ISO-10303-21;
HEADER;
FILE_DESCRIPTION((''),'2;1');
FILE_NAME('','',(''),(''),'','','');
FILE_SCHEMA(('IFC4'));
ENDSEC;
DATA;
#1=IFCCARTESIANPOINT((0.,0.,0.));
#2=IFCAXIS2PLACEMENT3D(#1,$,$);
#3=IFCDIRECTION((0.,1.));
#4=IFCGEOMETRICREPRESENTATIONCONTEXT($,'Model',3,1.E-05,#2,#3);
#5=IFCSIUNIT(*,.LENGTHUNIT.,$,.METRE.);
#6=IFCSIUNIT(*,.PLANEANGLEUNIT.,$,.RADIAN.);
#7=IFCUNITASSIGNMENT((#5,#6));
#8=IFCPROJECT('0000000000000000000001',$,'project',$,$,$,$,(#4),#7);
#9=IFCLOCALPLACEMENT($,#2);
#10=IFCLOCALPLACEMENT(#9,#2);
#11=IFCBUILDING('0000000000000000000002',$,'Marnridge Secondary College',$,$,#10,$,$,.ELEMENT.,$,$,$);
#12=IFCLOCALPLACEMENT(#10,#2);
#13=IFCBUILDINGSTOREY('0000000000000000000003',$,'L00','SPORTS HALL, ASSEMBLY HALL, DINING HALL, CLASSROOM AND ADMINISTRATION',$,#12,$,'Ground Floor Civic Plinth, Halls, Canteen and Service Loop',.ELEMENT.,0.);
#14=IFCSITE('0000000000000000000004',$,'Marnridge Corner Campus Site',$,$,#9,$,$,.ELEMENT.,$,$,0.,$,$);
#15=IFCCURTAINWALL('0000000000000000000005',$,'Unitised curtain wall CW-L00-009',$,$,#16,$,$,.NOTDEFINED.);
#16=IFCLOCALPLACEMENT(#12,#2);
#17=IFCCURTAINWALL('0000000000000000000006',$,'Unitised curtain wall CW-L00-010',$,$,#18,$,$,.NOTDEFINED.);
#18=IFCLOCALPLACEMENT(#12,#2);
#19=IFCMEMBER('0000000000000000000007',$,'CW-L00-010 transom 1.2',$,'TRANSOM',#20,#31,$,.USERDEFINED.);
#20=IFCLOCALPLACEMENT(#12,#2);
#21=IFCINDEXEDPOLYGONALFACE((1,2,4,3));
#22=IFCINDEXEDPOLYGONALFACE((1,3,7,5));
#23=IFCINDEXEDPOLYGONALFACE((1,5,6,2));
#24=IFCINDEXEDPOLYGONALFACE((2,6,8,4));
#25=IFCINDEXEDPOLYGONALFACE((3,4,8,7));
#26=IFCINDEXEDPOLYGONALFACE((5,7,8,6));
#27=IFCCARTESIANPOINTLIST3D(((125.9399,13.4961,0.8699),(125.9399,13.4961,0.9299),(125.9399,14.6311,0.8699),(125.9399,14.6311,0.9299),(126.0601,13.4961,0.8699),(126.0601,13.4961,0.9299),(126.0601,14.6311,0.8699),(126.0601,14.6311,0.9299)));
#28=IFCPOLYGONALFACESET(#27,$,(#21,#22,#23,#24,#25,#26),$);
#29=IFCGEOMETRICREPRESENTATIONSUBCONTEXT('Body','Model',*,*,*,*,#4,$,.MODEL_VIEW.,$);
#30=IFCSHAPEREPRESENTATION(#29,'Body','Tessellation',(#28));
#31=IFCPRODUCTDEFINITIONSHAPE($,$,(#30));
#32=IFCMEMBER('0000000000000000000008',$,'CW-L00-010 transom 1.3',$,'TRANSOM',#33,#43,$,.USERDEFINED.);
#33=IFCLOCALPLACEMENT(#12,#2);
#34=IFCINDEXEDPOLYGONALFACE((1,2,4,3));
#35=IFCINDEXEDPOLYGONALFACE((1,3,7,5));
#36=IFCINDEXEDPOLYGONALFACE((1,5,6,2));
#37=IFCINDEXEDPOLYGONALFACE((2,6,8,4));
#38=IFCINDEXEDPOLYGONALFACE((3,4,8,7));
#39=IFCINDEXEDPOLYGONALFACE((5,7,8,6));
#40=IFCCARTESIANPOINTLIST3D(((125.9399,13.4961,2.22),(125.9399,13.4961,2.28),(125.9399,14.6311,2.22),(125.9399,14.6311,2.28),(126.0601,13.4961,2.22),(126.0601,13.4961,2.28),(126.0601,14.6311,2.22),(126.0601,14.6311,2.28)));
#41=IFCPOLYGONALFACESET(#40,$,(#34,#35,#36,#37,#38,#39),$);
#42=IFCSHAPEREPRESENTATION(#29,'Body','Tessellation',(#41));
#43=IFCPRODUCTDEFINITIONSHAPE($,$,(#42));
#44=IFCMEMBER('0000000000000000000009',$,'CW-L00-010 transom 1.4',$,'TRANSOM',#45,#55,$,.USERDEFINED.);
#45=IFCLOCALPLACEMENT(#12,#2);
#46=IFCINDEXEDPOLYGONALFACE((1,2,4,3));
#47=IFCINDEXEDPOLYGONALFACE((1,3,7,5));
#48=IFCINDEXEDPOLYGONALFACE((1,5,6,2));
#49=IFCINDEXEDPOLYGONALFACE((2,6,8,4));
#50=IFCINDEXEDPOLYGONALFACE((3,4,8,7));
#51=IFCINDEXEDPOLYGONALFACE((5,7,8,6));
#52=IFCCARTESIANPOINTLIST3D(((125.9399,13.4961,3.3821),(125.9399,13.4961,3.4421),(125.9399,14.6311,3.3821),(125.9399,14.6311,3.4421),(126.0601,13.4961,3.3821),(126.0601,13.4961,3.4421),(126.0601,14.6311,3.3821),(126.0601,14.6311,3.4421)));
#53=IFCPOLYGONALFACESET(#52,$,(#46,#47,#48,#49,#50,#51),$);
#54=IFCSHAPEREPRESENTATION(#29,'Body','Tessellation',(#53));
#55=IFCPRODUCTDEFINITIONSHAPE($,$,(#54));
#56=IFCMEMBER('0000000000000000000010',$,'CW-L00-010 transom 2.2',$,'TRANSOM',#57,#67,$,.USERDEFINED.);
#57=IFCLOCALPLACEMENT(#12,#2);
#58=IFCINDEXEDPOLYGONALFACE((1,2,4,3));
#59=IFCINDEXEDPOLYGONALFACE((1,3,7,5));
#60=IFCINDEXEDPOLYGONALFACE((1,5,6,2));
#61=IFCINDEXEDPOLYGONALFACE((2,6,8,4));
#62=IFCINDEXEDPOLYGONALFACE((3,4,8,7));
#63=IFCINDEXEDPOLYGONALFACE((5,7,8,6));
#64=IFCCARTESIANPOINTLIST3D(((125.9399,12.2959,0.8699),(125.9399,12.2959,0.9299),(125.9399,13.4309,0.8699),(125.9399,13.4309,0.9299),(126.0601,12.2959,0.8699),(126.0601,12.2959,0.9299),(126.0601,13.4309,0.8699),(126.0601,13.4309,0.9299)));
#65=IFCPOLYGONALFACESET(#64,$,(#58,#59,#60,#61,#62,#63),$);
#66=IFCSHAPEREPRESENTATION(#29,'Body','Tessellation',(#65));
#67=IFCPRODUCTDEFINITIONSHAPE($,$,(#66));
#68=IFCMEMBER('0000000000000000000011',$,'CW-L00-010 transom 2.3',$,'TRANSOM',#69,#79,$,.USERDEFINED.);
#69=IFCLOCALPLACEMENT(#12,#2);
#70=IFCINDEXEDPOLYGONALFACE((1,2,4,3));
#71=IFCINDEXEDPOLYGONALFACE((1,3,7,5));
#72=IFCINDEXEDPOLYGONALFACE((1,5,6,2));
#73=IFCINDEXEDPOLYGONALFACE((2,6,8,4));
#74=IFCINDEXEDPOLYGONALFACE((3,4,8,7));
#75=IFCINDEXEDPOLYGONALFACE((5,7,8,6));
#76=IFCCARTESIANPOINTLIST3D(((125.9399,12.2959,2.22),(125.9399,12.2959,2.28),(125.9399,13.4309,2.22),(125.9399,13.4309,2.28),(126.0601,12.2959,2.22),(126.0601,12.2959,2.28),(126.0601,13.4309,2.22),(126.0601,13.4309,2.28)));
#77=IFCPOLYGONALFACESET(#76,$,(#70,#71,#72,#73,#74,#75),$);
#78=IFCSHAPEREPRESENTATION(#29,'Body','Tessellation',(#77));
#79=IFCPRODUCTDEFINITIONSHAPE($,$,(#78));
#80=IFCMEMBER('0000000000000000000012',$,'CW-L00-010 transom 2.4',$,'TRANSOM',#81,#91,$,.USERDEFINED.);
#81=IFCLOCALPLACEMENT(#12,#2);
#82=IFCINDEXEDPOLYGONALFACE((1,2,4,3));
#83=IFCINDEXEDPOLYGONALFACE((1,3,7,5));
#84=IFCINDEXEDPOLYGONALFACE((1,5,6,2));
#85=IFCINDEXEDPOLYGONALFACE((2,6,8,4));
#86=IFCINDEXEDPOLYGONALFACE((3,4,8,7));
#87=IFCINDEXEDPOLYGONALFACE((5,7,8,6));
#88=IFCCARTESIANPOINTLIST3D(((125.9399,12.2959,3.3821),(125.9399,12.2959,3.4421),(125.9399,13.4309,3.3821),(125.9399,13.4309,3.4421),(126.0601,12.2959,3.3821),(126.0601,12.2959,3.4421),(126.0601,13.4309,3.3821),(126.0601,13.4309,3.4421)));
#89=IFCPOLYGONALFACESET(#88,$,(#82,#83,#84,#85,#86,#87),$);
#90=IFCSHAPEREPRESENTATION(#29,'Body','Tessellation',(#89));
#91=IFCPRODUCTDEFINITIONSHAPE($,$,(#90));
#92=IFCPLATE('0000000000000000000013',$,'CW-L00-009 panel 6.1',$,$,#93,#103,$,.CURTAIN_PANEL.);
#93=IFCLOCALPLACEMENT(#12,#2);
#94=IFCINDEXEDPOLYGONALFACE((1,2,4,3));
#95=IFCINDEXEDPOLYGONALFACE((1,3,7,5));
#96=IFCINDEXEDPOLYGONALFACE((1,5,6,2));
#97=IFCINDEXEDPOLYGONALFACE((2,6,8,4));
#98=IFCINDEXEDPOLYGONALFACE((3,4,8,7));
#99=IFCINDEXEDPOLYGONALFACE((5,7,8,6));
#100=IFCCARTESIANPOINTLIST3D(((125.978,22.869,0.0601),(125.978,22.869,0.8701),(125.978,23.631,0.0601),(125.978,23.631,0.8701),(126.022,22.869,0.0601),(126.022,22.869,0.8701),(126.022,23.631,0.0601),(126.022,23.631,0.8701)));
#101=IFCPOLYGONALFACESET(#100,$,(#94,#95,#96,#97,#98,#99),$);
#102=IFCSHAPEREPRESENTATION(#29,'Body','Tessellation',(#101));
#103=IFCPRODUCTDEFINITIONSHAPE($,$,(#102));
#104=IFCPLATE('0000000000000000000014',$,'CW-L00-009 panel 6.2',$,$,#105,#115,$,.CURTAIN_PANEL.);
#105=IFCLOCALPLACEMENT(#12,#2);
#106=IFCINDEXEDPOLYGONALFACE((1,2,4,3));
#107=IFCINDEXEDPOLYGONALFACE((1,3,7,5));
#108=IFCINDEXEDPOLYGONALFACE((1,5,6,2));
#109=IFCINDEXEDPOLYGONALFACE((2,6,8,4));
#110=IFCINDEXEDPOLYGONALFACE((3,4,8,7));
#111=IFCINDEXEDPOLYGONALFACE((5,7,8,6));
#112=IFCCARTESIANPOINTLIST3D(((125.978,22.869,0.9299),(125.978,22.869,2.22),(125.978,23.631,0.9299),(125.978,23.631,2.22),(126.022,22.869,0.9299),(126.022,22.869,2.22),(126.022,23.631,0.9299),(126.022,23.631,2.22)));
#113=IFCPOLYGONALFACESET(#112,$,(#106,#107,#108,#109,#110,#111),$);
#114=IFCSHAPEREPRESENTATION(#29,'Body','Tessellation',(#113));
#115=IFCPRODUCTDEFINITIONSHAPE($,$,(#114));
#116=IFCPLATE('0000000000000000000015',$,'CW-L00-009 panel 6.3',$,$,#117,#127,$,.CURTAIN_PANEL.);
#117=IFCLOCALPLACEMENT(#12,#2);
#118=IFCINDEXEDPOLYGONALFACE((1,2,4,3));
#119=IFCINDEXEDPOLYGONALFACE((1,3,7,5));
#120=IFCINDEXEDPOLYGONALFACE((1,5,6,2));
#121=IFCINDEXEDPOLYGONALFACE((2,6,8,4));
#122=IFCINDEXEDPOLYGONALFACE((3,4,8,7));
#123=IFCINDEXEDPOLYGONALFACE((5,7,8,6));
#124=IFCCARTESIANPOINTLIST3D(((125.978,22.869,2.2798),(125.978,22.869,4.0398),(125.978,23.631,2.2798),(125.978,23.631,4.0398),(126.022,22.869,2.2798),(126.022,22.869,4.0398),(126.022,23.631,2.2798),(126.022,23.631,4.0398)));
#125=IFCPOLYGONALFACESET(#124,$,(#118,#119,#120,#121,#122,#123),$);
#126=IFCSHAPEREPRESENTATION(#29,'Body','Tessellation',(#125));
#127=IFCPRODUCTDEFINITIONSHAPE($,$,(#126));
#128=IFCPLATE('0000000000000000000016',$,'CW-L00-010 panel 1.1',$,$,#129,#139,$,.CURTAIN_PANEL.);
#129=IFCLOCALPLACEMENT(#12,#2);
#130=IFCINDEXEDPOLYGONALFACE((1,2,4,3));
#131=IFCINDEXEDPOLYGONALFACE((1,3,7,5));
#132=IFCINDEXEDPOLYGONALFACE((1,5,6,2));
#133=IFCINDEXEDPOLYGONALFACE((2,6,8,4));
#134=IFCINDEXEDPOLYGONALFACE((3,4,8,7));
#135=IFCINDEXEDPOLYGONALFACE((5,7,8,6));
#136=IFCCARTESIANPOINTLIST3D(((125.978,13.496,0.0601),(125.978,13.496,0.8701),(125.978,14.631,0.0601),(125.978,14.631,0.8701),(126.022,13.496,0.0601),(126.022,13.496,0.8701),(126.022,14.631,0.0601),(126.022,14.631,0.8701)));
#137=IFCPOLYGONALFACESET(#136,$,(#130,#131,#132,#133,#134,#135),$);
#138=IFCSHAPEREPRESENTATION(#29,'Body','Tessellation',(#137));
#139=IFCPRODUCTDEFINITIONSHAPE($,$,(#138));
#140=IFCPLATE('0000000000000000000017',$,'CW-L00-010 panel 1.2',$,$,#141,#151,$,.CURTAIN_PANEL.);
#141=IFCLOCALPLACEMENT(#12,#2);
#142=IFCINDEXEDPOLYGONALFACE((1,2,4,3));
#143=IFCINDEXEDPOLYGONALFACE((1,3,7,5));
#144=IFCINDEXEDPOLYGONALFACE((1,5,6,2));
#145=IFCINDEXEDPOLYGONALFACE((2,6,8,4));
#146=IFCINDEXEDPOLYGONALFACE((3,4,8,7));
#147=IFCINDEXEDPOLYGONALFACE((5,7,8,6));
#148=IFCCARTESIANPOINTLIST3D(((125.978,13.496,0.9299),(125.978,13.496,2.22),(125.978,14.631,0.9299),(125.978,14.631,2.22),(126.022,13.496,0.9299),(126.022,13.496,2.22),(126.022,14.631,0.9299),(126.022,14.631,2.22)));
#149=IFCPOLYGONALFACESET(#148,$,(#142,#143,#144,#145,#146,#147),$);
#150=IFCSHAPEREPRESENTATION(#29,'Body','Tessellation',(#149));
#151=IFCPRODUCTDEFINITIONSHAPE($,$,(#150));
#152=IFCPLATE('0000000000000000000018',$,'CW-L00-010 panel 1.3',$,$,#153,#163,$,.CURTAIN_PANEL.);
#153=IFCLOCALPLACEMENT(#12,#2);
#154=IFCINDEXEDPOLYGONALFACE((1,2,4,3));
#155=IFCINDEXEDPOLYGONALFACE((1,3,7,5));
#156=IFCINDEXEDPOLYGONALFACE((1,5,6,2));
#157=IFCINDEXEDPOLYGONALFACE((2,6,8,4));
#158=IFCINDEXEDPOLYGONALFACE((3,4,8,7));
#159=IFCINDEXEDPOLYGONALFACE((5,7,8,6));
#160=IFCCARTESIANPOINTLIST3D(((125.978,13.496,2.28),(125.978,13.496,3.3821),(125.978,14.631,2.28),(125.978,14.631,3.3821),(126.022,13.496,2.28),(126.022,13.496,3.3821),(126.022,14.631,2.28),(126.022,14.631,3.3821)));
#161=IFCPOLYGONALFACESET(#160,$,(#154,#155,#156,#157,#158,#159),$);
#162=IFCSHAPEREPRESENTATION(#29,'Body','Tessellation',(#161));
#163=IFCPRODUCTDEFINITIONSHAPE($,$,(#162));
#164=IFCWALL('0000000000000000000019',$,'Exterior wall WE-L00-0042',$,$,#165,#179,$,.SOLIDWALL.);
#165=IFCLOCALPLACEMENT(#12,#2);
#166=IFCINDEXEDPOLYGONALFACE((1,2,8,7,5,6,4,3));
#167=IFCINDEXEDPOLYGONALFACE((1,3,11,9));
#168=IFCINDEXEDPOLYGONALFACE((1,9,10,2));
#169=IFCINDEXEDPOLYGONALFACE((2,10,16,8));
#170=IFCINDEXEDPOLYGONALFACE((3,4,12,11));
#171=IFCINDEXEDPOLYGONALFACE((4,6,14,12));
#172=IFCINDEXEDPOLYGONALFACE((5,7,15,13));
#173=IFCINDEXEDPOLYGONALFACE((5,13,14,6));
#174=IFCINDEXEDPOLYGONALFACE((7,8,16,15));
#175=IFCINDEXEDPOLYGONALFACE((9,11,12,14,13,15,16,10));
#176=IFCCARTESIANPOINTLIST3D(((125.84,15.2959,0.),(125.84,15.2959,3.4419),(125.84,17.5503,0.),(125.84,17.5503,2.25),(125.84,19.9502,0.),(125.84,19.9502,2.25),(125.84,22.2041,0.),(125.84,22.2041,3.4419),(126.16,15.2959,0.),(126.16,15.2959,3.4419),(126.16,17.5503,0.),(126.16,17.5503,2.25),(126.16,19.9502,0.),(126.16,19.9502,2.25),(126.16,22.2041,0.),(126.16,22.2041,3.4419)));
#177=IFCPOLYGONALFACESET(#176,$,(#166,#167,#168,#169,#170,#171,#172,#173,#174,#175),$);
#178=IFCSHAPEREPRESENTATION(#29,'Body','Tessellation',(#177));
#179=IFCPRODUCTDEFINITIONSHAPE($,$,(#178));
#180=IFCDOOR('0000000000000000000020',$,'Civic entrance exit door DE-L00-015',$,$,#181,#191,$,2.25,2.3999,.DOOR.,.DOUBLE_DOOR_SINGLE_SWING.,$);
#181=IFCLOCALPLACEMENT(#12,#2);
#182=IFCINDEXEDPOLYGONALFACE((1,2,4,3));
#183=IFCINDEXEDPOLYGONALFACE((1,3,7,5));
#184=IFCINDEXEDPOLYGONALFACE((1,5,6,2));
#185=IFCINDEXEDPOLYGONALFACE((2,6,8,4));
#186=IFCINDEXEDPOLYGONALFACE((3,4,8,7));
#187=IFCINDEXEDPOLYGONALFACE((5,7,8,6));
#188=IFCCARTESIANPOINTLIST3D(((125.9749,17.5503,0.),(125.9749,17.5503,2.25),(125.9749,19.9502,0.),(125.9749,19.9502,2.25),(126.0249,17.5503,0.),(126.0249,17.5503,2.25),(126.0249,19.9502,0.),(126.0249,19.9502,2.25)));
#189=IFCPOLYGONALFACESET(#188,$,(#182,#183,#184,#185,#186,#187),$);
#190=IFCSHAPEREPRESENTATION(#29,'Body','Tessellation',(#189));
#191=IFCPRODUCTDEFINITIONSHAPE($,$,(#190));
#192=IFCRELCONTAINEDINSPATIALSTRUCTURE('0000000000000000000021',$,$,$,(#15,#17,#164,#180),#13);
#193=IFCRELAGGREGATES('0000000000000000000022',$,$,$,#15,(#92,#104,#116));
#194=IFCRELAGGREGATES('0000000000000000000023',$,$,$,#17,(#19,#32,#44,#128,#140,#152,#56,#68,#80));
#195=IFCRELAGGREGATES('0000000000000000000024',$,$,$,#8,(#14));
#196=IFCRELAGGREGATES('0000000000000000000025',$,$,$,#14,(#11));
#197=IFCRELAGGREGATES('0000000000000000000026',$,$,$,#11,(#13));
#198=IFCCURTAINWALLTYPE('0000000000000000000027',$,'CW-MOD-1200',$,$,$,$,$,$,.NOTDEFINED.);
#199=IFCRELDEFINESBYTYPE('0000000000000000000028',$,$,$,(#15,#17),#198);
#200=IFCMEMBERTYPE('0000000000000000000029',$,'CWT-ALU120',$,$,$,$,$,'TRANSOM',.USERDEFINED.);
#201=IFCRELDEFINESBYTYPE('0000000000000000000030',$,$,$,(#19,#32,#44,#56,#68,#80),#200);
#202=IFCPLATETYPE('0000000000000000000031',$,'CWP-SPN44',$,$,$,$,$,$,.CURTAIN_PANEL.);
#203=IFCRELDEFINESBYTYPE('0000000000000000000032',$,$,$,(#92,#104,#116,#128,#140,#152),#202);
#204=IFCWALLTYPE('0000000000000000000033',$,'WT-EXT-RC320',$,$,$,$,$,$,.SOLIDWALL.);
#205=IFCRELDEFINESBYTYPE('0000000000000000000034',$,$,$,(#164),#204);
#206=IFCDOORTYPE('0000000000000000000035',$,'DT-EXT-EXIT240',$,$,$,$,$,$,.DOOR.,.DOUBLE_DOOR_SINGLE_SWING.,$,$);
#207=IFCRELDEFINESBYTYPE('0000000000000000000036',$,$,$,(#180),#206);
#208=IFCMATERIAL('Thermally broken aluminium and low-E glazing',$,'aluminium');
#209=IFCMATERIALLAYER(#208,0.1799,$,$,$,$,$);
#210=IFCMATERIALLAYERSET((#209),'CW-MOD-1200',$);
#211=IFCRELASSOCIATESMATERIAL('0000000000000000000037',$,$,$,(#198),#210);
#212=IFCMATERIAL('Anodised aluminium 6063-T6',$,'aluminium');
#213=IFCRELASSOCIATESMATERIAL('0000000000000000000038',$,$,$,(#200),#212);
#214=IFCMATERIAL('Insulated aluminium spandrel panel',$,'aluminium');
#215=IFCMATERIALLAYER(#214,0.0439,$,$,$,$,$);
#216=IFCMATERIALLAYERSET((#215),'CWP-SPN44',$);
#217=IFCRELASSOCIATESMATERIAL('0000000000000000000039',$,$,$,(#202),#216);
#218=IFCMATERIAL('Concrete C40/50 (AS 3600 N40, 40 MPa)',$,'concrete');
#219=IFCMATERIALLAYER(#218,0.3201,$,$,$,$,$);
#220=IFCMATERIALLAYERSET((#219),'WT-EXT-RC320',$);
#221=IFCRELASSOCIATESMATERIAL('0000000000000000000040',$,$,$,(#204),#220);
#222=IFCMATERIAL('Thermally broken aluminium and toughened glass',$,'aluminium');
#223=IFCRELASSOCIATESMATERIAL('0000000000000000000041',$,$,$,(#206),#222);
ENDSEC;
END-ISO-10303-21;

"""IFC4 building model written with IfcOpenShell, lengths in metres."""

from ifc_helpers import new_model, si_unit, direction, frame, frame_2d, origin, origin_2d, place, context, subcontext, project, spatial, rectangle, extrude, material, layer, layer_set, material_profile, profile_set, type_object, element, fill, aggregate, save


model = new_model("IFC4")

# Units and contexts
model_context = context("Model", 3, precision=1e-05, world=origin(), true_north=direction((0.0, 1.0)))
body_context = subcontext(model_context, "Body", "Model", "MODEL_VIEW")
ifc_project = project(units=[si_unit("LENGTHUNIT", "METRE"), si_unit("PLANEANGLEUNIT", "RADIAN")], contexts=[model_context])

# Site, building, storey
site_placement = place(None, origin())
site = spatial("IfcSite", under=ifc_project, at=site_placement, Name="Marnridge Corner Campus Site", CompositionType="ELEMENT", RefElevation=0.0)
building_placement = place(site_placement, origin())
building = spatial("IfcBuilding", under=site, at=building_placement, Name="Marnridge Secondary College", CompositionType="ELEMENT")
storey_placement = place(building_placement, origin())
storey = spatial("IfcBuildingStorey", under=building, at=storey_placement, Name="L00", Description="SPORTS HALL, ASSEMBLY HALL, DINING HALL, CLASSROOM AND ADMINISTRATION", LongName="Ground Floor Civic Plinth, Halls, Canteen and Service Loop", CompositionType="ELEMENT", Elevation=0.0)

# Curtain wall
ifc_material_1 = material(Name="Thermally broken aluminium and low-E glazing", Category="aluminium")
ifc_layer_1 = layer(ifc_material_1, 0.1799)
ifc_layer_set_1 = layer_set([ifc_layer_1], Name="CW-MOD-1200")
curtain_wall_type = type_object("IfcCurtainWallType", Name="CW-MOD-1200", PredefinedType="NOTDEFINED", material=ifc_layer_set_1)
curtain_wall_1_placement = place(storey_placement, origin())
curtain_wall_1 = element("IfcCurtainWall", 1, at=curtain_wall_1_placement, inside=storey, type_object=curtain_wall_type, Name="Unitised curtain wall CW-L00-009", PredefinedType="NOTDEFINED")

# Curtain wall
curtain_wall_2_placement = place(storey_placement, origin())
curtain_wall_2 = element("IfcCurtainWall", 2, at=curtain_wall_2_placement, inside=storey, type_object=curtain_wall_type, Name="Unitised curtain wall CW-L00-010", PredefinedType="NOTDEFINED")

# Members
ifc_material_2 = material(Name="Anodised aluminium 6063-T6", Category="aluminium")
ifc_material_profile_1 = material_profile(ifc_material_2, rectangle(XDim=0.0601, YDim=0.1201, at=origin_2d()), Name="ALU 60x120")
ifc_profile_set_1 = profile_set([ifc_material_profile_1], Name="Anodised aluminium 6063-T6")
member_type_1 = type_object("IfcMemberType", Name="CWT-ALU120", ElementType="TRANSOM", PredefinedType="USERDEFINED", material=ifc_profile_set_1)
member_1_placement = place(storey_placement, frame((126.0, 14.6311, 0.8999), z_axis=(0.0, -1.0, 0.0), x_axis=(0.0, 0.0, 1.0)))
member_1 = element("IfcMember", 3, at=member_1_placement, type_object=member_type_1, Name="CW-L00-010 transom 1.2", ObjectType="TRANSOM", PredefinedType="USERDEFINED", context=body_context, shape_type="SweptSolid", body=[
    extrude(rectangle(XDim=0.0601, YDim=0.1201, at=origin_2d()), origin(), (0.0, 0.0, 1.0), 1.135),
])
member_2_placement = place(storey_placement, frame((126.0, 14.6311, 2.25), z_axis=(0.0, -1.0, 0.0), x_axis=(0.0, 0.0, 1.0)))
member_2 = element("IfcMember", 4, at=member_2_placement, type_object=member_type_1, Name="CW-L00-010 transom 1.3", ObjectType="TRANSOM", PredefinedType="USERDEFINED", context=body_context, shape_type="SweptSolid", body=[
    extrude(rectangle(XDim=0.0601, YDim=0.1201, at=origin_2d()), origin(), (0.0, 0.0, 1.0), 1.135),
])
member_3_placement = place(storey_placement, frame((126.0, 14.6311, 3.4121), z_axis=(0.0, -1.0, 0.0), x_axis=(0.0, 0.0, 1.0)))
member_3 = element("IfcMember", 5, at=member_3_placement, type_object=member_type_1, Name="CW-L00-010 transom 1.4", ObjectType="TRANSOM", PredefinedType="USERDEFINED", context=body_context, shape_type="SweptSolid", body=[
    extrude(rectangle(XDim=0.0601, YDim=0.1201, at=origin_2d()), origin(), (0.0, 0.0, 1.0), 1.135),
])
member_4_placement = place(storey_placement, frame((126.0, 13.4309, 0.8999), z_axis=(0.0, -1.0, 0.0), x_axis=(0.0, 0.0, 1.0)))
member_4 = element("IfcMember", 6, at=member_4_placement, type_object=member_type_1, Name="CW-L00-010 transom 2.2", ObjectType="TRANSOM", PredefinedType="USERDEFINED", context=body_context, shape_type="SweptSolid", body=[
    extrude(rectangle(XDim=0.0601, YDim=0.1201, at=origin_2d()), origin(), (0.0, 0.0, 1.0), 1.135),
])
member_5_placement = place(storey_placement, frame((126.0, 13.4309, 2.25), z_axis=(0.0, -1.0, 0.0), x_axis=(0.0, 0.0, 1.0)))
member_5 = element("IfcMember", 7, at=member_5_placement, type_object=member_type_1, Name="CW-L00-010 transom 2.3", ObjectType="TRANSOM", PredefinedType="USERDEFINED", context=body_context, shape_type="SweptSolid", body=[
    extrude(rectangle(XDim=0.0601, YDim=0.1201, at=origin_2d()), origin(), (0.0, 0.0, 1.0), 1.135),
])
member_6_placement = place(storey_placement, frame((126.0, 13.4309, 3.4121), z_axis=(0.0, -1.0, 0.0), x_axis=(0.0, 0.0, 1.0)))
member_6 = element("IfcMember", 8, at=member_6_placement, type_object=member_type_1, Name="CW-L00-010 transom 2.4", ObjectType="TRANSOM", PredefinedType="USERDEFINED", context=body_context, shape_type="SweptSolid", body=[
    extrude(rectangle(XDim=0.0601, YDim=0.1201, at=origin_2d()), origin(), (0.0, 0.0, 1.0), 1.135),
])

# Plates
ifc_material_3 = material(Name="Insulated aluminium spandrel panel", Category="aluminium")
ifc_layer_2 = layer(ifc_material_3, 0.0439)
ifc_layer_set_2 = layer_set([ifc_layer_2], Name="CWP-SPN44")
plate_type = type_object("IfcPlateType", Name="CWP-SPN44", PredefinedType="CURTAIN_PANEL", material=ifc_layer_set_2)
plate_1_placement = place(storey_placement, frame((126.0, 23.25, 0.0601), z_axis=(0.0, 0.0, 1.0), x_axis=(0.0, -1.0, 0.0)))
plate_1 = element("IfcPlate", 9, at=plate_1_placement, type_object=plate_type, Name="CW-L00-009 panel 6.1", PredefinedType="CURTAIN_PANEL", context=body_context, shape_type="SweptSolid", body=[
    extrude(rectangle(XDim=0.762, YDim=0.0439, at=origin_2d()), origin(), (0.0, 0.0, 1.0), 0.8101),
])
plate_2_placement = place(storey_placement, frame((126.0, 23.25, 0.9299), z_axis=(0.0, 0.0, 1.0), x_axis=(0.0, -1.0, 0.0)))
plate_2 = element("IfcPlate", 10, at=plate_2_placement, type_object=plate_type, Name="CW-L00-009 panel 6.2", PredefinedType="CURTAIN_PANEL", context=body_context, shape_type="SweptSolid", body=[
    extrude(rectangle(XDim=0.762, YDim=0.0439, at=origin_2d()), origin(), (0.0, 0.0, 1.0), 1.29),
])
plate_3_placement = place(storey_placement, frame((126.0, 23.25, 2.2798), z_axis=(0.0, 0.0, 1.0), x_axis=(0.0, -1.0, 0.0)))
plate_3 = element("IfcPlate", 11, at=plate_3_placement, type_object=plate_type, Name="CW-L00-009 panel 6.3", PredefinedType="CURTAIN_PANEL", context=body_context, shape_type="SweptSolid", body=[
    extrude(rectangle(XDim=0.762, YDim=0.0439, at=origin_2d()), origin(), (0.0, 0.0, 1.0), 1.76),
])
aggregate(curtain_wall_1, [plate_1, plate_2, plate_3])
plate_4_placement = place(storey_placement, frame((126.0, 14.0635, 0.0601), z_axis=(0.0, 0.0, 1.0), x_axis=(0.0, -1.0, 0.0)))
plate_4 = element("IfcPlate", 12, at=plate_4_placement, type_object=plate_type, Name="CW-L00-010 panel 1.1", PredefinedType="CURTAIN_PANEL", context=body_context, shape_type="SweptSolid", body=[
    extrude(rectangle(XDim=1.135, YDim=0.0439, at=origin_2d()), origin(), (0.0, 0.0, 1.0), 0.8101),
])
plate_5_placement = place(storey_placement, frame((126.0, 14.0635, 0.9299), z_axis=(0.0, 0.0, 1.0), x_axis=(0.0, -1.0, 0.0)))
plate_5 = element("IfcPlate", 13, at=plate_5_placement, type_object=plate_type, Name="CW-L00-010 panel 1.2", PredefinedType="CURTAIN_PANEL", context=body_context, shape_type="SweptSolid", body=[
    extrude(rectangle(XDim=1.135, YDim=0.0439, at=origin_2d()), origin(), (0.0, 0.0, 1.0), 1.29),
])
plate_6_placement = place(storey_placement, frame((126.0, 14.0635, 2.28), z_axis=(0.0, 0.0, 1.0), x_axis=(0.0, -1.0, 0.0)))
plate_6 = element("IfcPlate", 14, at=plate_6_placement, type_object=plate_type, Name="CW-L00-010 panel 1.3", PredefinedType="CURTAIN_PANEL", context=body_context, shape_type="SweptSolid", body=[
    extrude(rectangle(XDim=1.135, YDim=0.0439, at=origin_2d()), origin(), (0.0, 0.0, 1.0), 1.1021),
])
aggregate(curtain_wall_2, [member_1, member_2, member_3, plate_4, plate_5, plate_6, member_4, member_5, member_6])

# Wall, opening, door
ifc_material_4 = material(Name="Concrete C40/50 (AS 3600 N40, 40 MPa)", Category="concrete")
ifc_layer_3 = layer(ifc_material_4, 0.3201)
ifc_layer_set_3 = layer_set([ifc_layer_3], Name="WT-EXT-RC320")
wall_type = type_object("IfcWallType", Name="WT-EXT-RC320", PredefinedType="SOLIDWALL", material=ifc_layer_set_3)
wall_placement = place(storey_placement, frame((126.0, 22.2041, 0.0), z_axis=(0.0, 0.0, 1.0), x_axis=(0.0, -1.0, 0.0)))
wall = element("IfcWall", 15, at=wall_placement, inside=storey, type_object=wall_type, Name="Exterior wall WE-L00-0042", PredefinedType="SOLIDWALL", context=body_context, shape_type="SweptSolid", body=[
    extrude(rectangle(XDim=6.9082, YDim=0.3201, at=frame_2d((3.4541, 0.0))), origin(), (0.0, 0.0, 1.0), 3.4419),
])
opening_placement = place(wall_placement, frame((2.2539, 0.0, 0.0)))
opening = element("IfcOpeningElement", 16, at=opening_placement, cuts=wall, PredefinedType="OPENING", context=body_context, shape_type="SweptSolid", body=[
    extrude(rectangle(XDim=2.3999, YDim=2.25, at=frame_2d((1.2, 1.125))), frame((0.0, 0.1699, 0.0), z_axis=(0.0, -1.0, 0.0), x_axis=(1.0, 0.0, 0.0)), (0.0, 0.0, 1.0), 0.3401),
])
ifc_material_5 = material(Name="Thermally broken aluminium and toughened glass", Category="aluminium")
door_type = type_object("IfcDoorType", Name="DT-EXT-EXIT240", OperationType="DOUBLE_DOOR_SINGLE_SWING", PredefinedType="DOOR", material=ifc_material_5)
door_placement = place(opening_placement, origin())
door = element("IfcDoor", 17, at=door_placement, inside=storey, type_object=door_type, Name="Civic entrance exit door DE-L00-015", OperationType="DOUBLE_DOOR_SINGLE_SWING", OverallHeight=2.25, OverallWidth=2.3999, PredefinedType="DOOR", context=body_context, shape_type="SweptSolid", body=[
    extrude(rectangle(XDim=2.3999, YDim=2.25, at=frame_2d((1.2, 1.125))), frame((0.0, 0.0249, 0.0), z_axis=(0.0, -1.0, 0.0), x_axis=(1.0, 0.0, 0.0)), (0.0, 0.0, 1.0), 0.05),
])
fill(opening, door)

save(model, "model.ifc")
